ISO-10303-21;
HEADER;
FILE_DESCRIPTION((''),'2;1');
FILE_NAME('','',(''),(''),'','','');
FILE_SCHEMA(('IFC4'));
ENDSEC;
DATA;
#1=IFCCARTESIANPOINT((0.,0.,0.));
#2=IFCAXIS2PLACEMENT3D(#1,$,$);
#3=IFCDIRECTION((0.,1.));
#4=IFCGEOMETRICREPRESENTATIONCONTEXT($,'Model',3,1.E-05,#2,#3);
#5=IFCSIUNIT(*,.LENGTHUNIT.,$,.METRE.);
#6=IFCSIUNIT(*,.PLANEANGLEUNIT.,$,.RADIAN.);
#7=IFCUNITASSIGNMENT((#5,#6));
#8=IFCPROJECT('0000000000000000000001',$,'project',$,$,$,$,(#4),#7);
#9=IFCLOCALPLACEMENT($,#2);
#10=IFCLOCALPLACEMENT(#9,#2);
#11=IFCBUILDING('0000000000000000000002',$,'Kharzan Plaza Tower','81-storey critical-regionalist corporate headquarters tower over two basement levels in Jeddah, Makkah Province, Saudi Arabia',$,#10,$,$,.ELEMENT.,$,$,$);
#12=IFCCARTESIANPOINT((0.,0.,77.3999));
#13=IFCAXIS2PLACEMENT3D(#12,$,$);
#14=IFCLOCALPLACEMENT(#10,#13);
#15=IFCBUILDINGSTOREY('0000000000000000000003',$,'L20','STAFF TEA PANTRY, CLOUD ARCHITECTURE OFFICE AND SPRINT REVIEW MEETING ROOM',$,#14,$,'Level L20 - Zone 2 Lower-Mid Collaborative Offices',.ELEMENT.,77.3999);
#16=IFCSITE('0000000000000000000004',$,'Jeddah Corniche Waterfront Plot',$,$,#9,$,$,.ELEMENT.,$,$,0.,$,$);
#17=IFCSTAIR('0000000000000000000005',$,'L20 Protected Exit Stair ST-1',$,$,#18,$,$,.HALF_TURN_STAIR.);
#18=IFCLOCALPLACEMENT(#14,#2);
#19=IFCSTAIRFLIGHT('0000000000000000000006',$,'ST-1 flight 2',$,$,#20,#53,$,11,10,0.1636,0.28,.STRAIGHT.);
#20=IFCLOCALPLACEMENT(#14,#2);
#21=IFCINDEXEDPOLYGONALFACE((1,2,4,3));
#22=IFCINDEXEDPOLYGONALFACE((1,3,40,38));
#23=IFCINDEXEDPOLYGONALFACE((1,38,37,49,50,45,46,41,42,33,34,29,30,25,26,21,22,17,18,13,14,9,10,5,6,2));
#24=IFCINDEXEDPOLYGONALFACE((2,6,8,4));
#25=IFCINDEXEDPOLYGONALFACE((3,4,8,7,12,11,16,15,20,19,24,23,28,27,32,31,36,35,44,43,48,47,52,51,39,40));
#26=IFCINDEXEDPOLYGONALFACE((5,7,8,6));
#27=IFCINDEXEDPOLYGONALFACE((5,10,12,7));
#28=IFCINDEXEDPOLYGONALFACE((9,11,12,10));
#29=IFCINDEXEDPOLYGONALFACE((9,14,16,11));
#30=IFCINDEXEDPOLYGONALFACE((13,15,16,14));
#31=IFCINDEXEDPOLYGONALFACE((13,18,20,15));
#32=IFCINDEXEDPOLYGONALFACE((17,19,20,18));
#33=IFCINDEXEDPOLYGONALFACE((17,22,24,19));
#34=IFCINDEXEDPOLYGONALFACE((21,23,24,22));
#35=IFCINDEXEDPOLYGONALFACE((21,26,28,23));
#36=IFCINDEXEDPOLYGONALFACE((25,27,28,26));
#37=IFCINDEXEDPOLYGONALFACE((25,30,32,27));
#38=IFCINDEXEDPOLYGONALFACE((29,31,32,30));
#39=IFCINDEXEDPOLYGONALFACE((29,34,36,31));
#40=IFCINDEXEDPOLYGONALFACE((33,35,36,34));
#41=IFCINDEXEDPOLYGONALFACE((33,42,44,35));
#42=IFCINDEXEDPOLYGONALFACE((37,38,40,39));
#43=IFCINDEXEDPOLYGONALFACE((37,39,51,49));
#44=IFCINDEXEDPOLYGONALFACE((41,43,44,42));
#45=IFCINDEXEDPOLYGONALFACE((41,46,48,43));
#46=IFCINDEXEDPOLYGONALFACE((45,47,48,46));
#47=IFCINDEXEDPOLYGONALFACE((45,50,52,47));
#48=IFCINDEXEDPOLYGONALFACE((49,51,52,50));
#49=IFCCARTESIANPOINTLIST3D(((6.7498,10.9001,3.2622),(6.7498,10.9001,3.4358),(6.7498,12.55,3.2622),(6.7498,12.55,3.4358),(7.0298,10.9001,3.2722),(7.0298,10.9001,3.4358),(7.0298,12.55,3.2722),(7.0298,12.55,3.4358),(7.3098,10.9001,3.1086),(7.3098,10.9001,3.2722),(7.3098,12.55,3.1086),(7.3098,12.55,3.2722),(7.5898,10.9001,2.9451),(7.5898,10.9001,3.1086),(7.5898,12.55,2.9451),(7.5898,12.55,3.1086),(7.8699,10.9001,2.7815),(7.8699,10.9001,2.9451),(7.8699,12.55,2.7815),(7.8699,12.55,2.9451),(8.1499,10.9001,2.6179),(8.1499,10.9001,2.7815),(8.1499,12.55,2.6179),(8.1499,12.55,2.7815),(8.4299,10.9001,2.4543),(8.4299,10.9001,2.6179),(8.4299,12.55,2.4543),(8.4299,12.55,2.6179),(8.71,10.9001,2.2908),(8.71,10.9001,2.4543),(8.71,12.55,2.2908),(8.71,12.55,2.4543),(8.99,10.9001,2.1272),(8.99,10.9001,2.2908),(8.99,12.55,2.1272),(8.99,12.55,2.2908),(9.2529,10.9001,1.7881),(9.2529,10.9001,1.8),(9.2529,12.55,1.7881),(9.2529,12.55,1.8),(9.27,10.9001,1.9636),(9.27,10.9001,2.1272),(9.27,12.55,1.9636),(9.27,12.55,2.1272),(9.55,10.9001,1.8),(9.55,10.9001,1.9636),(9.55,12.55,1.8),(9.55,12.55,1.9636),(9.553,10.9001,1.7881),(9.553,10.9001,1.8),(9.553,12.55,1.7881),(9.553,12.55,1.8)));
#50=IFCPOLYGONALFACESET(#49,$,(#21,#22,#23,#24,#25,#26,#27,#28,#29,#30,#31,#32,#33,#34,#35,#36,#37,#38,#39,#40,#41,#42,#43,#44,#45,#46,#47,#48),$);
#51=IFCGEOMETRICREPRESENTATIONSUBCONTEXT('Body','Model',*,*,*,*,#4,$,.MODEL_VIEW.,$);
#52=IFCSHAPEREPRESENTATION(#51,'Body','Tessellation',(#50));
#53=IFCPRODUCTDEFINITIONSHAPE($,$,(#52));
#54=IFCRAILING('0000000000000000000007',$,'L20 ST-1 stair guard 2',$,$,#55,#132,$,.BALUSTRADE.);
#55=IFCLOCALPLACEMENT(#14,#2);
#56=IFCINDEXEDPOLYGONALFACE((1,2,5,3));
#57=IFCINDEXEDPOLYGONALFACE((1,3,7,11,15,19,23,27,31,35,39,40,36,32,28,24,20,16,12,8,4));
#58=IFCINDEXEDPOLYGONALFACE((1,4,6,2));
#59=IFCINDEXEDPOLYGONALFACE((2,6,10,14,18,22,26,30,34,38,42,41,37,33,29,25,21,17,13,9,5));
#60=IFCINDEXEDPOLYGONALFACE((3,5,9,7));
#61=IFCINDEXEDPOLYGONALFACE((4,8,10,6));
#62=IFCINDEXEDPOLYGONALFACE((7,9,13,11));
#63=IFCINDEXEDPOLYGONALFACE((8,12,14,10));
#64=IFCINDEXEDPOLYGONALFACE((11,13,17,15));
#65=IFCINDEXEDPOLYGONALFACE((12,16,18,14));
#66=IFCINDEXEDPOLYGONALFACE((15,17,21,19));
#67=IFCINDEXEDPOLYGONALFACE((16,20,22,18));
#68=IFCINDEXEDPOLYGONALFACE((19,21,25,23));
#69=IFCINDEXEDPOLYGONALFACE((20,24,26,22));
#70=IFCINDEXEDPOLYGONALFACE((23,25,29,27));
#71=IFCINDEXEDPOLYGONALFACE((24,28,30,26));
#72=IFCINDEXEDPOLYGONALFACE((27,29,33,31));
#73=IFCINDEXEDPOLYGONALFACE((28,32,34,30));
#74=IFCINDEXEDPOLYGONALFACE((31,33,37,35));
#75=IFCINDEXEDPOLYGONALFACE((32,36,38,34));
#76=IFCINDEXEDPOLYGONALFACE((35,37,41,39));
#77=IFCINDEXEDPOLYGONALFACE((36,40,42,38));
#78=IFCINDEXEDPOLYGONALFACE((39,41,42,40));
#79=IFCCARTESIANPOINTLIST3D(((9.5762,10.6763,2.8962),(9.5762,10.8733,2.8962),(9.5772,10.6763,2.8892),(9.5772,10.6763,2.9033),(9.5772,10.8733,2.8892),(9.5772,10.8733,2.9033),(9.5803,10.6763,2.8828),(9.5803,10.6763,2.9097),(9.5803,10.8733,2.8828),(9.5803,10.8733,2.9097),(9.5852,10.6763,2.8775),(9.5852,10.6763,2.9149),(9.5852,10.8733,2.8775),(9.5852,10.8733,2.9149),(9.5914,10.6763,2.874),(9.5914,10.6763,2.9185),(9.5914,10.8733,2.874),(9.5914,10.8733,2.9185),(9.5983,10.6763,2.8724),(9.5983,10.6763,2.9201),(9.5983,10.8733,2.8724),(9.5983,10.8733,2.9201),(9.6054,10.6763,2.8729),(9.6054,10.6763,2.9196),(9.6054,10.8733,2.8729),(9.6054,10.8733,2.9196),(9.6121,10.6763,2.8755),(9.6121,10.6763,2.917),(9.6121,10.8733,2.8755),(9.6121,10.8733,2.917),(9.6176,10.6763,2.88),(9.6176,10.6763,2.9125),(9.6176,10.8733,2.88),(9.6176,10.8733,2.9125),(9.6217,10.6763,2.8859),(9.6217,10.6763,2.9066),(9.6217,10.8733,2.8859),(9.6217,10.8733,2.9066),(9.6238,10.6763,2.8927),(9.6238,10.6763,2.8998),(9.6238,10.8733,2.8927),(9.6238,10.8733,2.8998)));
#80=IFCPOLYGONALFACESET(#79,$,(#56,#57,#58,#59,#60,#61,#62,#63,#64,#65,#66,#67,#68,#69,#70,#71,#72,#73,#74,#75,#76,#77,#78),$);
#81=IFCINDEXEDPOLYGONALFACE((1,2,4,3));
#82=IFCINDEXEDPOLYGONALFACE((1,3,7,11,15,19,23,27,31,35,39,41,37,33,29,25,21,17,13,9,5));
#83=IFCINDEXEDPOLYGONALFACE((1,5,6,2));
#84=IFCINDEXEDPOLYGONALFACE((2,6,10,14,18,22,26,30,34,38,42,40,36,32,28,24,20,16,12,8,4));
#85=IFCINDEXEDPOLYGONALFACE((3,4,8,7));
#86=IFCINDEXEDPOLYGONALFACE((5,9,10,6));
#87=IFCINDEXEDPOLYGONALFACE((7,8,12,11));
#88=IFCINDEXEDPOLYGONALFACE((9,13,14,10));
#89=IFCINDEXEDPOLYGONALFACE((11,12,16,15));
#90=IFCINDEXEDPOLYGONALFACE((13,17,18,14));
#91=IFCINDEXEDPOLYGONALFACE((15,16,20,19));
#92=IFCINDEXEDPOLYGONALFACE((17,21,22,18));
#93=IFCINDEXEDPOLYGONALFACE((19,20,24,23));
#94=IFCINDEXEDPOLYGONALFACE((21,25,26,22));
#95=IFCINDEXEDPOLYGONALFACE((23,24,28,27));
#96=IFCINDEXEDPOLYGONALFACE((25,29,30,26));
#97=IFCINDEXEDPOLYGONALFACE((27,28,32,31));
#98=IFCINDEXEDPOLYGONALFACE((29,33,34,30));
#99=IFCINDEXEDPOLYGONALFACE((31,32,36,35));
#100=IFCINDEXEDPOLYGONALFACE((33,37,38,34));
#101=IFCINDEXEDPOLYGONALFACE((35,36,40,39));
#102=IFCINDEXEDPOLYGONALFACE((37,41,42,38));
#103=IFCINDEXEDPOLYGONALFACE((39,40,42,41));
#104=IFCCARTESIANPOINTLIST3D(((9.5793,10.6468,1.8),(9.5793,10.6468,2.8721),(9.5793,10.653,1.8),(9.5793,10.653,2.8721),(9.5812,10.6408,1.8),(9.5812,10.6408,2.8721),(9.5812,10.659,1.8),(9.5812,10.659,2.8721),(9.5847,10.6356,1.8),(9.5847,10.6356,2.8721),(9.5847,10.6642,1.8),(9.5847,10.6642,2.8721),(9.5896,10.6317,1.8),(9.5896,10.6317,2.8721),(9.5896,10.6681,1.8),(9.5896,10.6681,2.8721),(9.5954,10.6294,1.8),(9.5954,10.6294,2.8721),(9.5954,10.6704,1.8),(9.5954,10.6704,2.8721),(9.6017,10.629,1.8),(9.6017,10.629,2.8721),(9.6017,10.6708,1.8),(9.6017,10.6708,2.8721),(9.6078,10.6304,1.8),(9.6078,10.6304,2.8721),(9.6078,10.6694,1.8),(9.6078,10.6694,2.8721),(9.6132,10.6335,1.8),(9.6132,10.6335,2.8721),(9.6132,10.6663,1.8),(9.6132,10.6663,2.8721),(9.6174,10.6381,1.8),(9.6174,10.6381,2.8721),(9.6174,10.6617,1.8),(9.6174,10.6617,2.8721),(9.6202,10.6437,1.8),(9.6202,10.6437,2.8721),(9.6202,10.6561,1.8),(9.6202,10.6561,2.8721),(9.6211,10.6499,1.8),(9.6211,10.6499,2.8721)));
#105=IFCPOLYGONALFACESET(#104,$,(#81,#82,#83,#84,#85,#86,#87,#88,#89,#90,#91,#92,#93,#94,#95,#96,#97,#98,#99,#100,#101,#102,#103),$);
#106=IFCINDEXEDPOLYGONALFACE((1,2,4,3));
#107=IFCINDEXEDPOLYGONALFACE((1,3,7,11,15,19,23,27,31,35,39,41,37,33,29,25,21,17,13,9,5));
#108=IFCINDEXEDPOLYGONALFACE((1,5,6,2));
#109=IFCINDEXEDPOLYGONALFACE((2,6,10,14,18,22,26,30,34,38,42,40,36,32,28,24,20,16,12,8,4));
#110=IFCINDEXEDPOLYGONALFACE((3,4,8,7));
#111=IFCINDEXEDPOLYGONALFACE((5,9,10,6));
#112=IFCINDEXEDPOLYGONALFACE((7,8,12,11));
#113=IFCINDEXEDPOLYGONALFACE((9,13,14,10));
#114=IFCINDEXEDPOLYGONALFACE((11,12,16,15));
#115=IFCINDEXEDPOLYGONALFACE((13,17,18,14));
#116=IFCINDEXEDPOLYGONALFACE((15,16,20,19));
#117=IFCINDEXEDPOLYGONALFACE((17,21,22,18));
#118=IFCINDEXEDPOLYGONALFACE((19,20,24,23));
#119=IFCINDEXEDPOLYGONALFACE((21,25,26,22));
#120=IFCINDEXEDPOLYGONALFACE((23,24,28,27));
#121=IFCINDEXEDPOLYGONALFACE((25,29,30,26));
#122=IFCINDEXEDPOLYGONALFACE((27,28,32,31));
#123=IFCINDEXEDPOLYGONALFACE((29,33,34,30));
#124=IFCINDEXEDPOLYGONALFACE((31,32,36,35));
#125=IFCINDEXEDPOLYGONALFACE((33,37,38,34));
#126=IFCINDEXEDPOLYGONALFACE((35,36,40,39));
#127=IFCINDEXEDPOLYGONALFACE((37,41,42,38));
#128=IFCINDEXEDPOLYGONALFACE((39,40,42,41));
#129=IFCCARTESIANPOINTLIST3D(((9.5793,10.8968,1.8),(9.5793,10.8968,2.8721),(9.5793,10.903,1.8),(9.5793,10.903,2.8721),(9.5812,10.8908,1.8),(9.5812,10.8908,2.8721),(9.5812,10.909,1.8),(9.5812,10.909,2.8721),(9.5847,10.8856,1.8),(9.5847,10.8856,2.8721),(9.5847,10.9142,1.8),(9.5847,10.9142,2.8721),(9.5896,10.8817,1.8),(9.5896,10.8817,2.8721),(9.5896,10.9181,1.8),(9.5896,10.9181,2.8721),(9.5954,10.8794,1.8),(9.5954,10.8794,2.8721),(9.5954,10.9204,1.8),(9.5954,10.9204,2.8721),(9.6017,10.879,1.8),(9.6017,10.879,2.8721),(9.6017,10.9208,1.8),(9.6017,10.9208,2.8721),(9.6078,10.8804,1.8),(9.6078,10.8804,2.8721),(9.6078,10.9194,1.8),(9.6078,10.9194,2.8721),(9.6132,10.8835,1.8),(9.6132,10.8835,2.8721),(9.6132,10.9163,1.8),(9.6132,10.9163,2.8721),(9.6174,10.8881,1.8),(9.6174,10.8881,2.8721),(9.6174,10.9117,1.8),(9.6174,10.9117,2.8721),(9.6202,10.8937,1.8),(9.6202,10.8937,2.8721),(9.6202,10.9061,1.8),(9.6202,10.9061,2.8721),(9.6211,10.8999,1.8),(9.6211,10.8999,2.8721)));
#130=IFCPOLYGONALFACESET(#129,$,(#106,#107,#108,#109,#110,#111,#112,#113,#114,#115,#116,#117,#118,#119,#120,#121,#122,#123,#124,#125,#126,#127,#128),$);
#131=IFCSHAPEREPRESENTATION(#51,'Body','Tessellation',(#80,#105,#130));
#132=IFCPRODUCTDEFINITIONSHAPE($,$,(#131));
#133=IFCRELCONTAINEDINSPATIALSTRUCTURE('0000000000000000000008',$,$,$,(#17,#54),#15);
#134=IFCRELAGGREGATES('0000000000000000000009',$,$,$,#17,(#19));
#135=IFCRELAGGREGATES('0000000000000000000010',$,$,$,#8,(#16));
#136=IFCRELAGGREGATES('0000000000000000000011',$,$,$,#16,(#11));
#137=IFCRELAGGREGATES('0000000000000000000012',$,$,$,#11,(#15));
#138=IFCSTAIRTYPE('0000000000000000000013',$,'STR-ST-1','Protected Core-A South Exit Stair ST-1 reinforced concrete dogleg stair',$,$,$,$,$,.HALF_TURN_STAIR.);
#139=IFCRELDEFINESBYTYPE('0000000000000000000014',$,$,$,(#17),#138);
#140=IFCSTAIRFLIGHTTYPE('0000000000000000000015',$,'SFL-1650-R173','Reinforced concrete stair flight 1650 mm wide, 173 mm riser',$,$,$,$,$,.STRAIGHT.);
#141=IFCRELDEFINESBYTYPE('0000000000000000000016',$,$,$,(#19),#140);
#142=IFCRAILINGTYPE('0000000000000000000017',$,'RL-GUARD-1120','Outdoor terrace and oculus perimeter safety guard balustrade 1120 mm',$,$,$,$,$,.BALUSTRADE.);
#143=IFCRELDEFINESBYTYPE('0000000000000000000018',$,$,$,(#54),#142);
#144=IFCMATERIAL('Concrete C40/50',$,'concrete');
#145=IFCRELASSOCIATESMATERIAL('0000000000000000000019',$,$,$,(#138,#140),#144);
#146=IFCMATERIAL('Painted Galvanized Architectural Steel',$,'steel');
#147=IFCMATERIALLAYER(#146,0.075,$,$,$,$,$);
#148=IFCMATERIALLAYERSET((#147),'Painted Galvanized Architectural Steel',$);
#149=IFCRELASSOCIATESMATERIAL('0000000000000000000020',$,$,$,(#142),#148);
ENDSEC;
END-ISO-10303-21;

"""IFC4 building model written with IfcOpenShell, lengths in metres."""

from ifc_helpers import new_model, si_unit, direction, frame, origin, origin_2d, place, context, subcontext, project, spatial, polyline, circle, outline, extrude, source, transform, mapped, material, layer, layer_set, type_object, element, aggregate, save


model = new_model("IFC4")

# Units and contexts
model_context = context("Model", 3, precision=1e-05, world=origin(), true_north=direction((0.0, 1.0)))
body_context = subcontext(model_context, "Body", "Model", "MODEL_VIEW")
ifc_project = project(units=[si_unit("LENGTHUNIT", "METRE"), si_unit("PLANEANGLEUNIT", "RADIAN")], contexts=[model_context])

# Site, building, storey
site_placement = place(None, origin())
site = spatial("IfcSite", under=ifc_project, at=site_placement, Name="Jeddah Corniche Waterfront Plot", CompositionType="ELEMENT", RefElevation=0.0)
building_placement = place(site_placement, origin())
building = spatial("IfcBuilding", under=site, at=building_placement, Name="Kharzan Plaza Tower", Description="81-storey critical-regionalist corporate headquarters tower over two basement levels in Jeddah, Makkah Province, Saudi Arabia", CompositionType="ELEMENT")
storey_placement = place(building_placement, frame((0.0, 0.0, 77.3999)))
storey = spatial("IfcBuildingStorey", under=building, at=storey_placement, Name="L20", Description="STAFF TEA PANTRY, CLOUD ARCHITECTURE OFFICE AND SPRINT REVIEW MEETING ROOM", LongName="Level L20 - Zone 2 Lower-Mid Collaborative Offices", CompositionType="ELEMENT", Elevation=77.3999)

# Shared definitions
ifc_material_1 = material(Name="Concrete C40/50", Category="concrete")

# Stair, stair flight
stair_type = type_object("IfcStairType", Name="STR-ST-1", Description="Protected Core-A South Exit Stair ST-1 reinforced concrete dogleg stair", PredefinedType="HALF_TURN_STAIR", material=ifc_material_1)
stair_placement = place(storey_placement, origin())
stair = element("IfcStair", 1, at=stair_placement, inside=storey, type_object=stair_type, Name="L20 Protected Exit Stair ST-1", PredefinedType="HALF_TURN_STAIR")
stair_flight_type = type_object("IfcStairFlightType", Name="SFL-1650-R173", Description="Reinforced concrete stair flight 1650 mm wide, 173 mm riser", PredefinedType="STRAIGHT", material=ifc_material_1)
shared_shape_1 = source(origin(), body_context, "Body", "SweptSolid", [
    extrude(outline(polyline([(-0.0029, -0.012), (-0.0029, 0.0), (0.0, 0.0), (0.0, 0.1636), (0.28, 0.1636), (0.28, 0.3271), (0.5601, 0.3271), (0.5601, 0.4907), (0.8401, 0.4907), (0.8401, 0.6543), (1.1201, 0.6543), (1.1201, 0.8179), (1.4001, 0.8179), (1.4001, 0.9814), (1.6802, 0.9814), (1.6802, 1.145), (1.9602, 1.145), (1.9602, 1.3086), (2.2402, 1.3086), (2.2402, 1.4722), (2.5203, 1.4722), (2.5203, 1.6357), (2.8003, 1.6357), (2.8003, 1.7993), (2.8003, 1.4622), (0.2971, 0.0), (0.2971, -0.012), (-0.0029, -0.012)])), frame((0.0, 0.825, 0.0), z_axis=(0.0, -1.0, 0.0), x_axis=(1.0, 0.0, 0.0)), (0.0, 0.0, 1.0), 1.6499),
])
stair_flight_placement = place(storey_placement, frame((9.55, 11.7251, 1.8), z_axis=(0.0, 0.0, 1.0), x_axis=(-1.0, 0.0, 0.0)))
stair_flight = element("IfcStairFlight", 2, at=stair_flight_placement, type_object=stair_flight_type, Name="ST-1 flight 2", NumberOfRisers=11, NumberOfTreads=10, PredefinedType="STRAIGHT", RiserHeight=0.1636, TreadLength=0.28, context=body_context, shape_type="MappedRepresentation", body=[
    mapped(shared_shape_1, transform((0.0, 0.0, 0.0), x_axis=(1.0, 0.0, 0.0), y_axis=(0.0, 1.0, 0.0), z_axis=(0.0, 0.0, 1.0))),
])
aggregate(stair, [stair_flight])

# Railing
ifc_material_2 = material(Name="Painted Galvanized Architectural Steel", Category="steel")
ifc_layer_1 = layer(ifc_material_2, 0.075)
ifc_layer_set_1 = layer_set([ifc_layer_1], Name="Painted Galvanized Architectural Steel")
railing_type_1 = type_object("IfcRailingType", Name="RL-GUARD-1120", Description="Outdoor terrace and oculus perimeter safety guard balustrade 1120 mm", PredefinedType="BALUSTRADE", material=ifc_layer_set_1)
shared_shape_2 = source(origin(), body_context, "Body", "SweptSolid", [
    extrude(circle(Radius=0.0239, at=origin_2d()), frame((0.0, 0.0264, 1.0962), z_axis=(0.0, 1.0, 0.0), x_axis=(-1.0, 0.0, 0.0)), (0.0, 0.0, 1.0), 0.197),
    extrude(circle(Radius=0.021, at=origin_2d()), origin(), (0.0, 0.0, 1.0), 1.072),
    extrude(circle(Radius=0.021, at=origin_2d()), frame((0.0, 0.25, 0.0)), (0.0, 0.0, 1.0), 1.072),
])
railing_1_placement = place(storey_placement, frame((9.6001, 10.6499, 1.8)))
element("IfcRailing", 3, at=railing_1_placement, inside=storey, type_object=railing_type_1, Name="L20 ST-1 stair guard 2", PredefinedType="BALUSTRADE", context=body_context, shape_type="MappedRepresentation", body=[
    mapped(shared_shape_2, transform((0.0, 0.0, 0.0), x_axis=(1.0, 0.0, 0.0), y_axis=(0.0, 1.0, 0.0), z_axis=(0.0, 0.0, 1.0))),
])

save(model, "model.ifc")
